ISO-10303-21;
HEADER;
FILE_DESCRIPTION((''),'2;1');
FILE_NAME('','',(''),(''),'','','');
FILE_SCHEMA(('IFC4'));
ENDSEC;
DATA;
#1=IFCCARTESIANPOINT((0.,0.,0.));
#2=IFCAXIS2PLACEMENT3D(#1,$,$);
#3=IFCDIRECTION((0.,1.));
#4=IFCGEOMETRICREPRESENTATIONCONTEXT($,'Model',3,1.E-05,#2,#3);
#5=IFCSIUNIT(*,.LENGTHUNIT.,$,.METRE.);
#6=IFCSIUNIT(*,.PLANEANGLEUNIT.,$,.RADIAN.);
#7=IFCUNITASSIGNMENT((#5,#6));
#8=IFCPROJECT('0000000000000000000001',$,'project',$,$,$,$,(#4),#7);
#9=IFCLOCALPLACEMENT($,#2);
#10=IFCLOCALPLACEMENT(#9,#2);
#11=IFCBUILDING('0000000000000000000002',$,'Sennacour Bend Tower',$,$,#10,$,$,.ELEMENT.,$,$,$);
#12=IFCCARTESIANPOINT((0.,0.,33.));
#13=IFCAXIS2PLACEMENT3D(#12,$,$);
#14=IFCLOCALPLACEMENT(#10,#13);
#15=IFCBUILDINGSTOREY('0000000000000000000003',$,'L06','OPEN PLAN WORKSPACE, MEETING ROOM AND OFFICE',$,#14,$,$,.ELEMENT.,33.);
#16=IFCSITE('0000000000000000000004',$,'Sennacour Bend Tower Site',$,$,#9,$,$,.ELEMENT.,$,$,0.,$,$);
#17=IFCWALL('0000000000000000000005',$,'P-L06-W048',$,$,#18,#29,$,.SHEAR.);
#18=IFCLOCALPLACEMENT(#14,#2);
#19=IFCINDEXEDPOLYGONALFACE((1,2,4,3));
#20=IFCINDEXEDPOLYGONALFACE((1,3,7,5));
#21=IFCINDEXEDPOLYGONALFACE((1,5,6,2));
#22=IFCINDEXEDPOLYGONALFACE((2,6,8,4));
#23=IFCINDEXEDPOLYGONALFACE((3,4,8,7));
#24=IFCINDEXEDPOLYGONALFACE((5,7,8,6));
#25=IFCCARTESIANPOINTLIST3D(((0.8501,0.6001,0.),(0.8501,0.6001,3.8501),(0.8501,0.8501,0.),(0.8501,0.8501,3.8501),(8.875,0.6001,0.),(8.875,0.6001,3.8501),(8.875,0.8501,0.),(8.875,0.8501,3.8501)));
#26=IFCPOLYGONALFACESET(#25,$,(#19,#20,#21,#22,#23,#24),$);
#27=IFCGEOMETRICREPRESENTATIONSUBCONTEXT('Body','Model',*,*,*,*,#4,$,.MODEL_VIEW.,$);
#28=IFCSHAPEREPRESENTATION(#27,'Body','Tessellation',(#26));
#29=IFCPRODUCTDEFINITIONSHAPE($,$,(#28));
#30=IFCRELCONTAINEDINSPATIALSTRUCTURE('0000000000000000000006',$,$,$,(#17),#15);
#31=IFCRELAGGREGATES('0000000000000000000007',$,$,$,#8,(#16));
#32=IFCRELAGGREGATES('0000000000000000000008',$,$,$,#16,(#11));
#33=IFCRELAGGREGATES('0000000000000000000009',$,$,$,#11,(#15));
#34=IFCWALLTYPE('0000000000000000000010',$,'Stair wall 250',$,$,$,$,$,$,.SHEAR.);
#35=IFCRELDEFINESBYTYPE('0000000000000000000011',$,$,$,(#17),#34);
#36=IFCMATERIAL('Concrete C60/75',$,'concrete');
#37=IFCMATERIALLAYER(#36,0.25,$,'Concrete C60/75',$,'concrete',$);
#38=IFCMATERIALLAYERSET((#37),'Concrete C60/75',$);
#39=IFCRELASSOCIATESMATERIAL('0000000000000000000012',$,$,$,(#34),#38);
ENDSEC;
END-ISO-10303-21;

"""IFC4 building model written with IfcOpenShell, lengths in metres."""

from ifc_helpers import new_model, si_unit, direction, frame, frame_2d, origin, place, context, subcontext, project, spatial, rectangle, extrude, material, layer, layer_set, type_object, element, save


model = new_model("IFC4")

# Units and contexts
model_context = context("Model", 3, precision=1e-05, world=origin(), true_north=direction((0.0, 1.0)))
body_context = subcontext(model_context, "Body", "Model", "MODEL_VIEW")
ifc_project = project(units=[si_unit("LENGTHUNIT", "METRE"), si_unit("PLANEANGLEUNIT", "RADIAN")], contexts=[model_context])

# Site, building, storey
site_placement = place(None, origin())
site = spatial("IfcSite", under=ifc_project, at=site_placement, Name="Sennacour Bend Tower Site", CompositionType="ELEMENT", RefElevation=0.0)
building_placement = place(site_placement, origin())
building = spatial("IfcBuilding", under=site, at=building_placement, Name="Sennacour Bend Tower", CompositionType="ELEMENT")
storey_placement = place(building_placement, frame((0.0, 0.0, 33.0)))
storey = spatial("IfcBuildingStorey", under=building, at=storey_placement, Name="L06", Description="OPEN PLAN WORKSPACE, MEETING ROOM AND OFFICE", CompositionType="ELEMENT", Elevation=33.0)

# Wall
ifc_material_1 = material(Name="Concrete C60/75", Category="concrete")
ifc_layer_1 = layer(ifc_material_1, 0.25, Name="Concrete C60/75", Category="concrete")
ifc_layer_set_1 = layer_set([ifc_layer_1], Name="Concrete C60/75")
wall_type_1 = type_object("IfcWallType", Name="Stair wall 250", PredefinedType="SHEAR", material=ifc_layer_set_1)
wall_1_placement = place(storey_placement, frame((0.8501, 0.7251, 0.0), z_axis=(0.0, 0.0, 1.0), x_axis=(1.0, 0.0, 0.0)))
element("IfcWall", 1, at=wall_1_placement, inside=storey, type_object=wall_type_1, Name="P-L06-W048", PredefinedType="SHEAR", context=body_context, shape_type="SweptSolid", body=[
    extrude(rectangle(XDim=8.0249, YDim=0.25, at=frame_2d((4.0125, 0.0))), origin(), (0.0, 0.0, 1.0), 3.8501),
])

save(model, "model.ifc")
